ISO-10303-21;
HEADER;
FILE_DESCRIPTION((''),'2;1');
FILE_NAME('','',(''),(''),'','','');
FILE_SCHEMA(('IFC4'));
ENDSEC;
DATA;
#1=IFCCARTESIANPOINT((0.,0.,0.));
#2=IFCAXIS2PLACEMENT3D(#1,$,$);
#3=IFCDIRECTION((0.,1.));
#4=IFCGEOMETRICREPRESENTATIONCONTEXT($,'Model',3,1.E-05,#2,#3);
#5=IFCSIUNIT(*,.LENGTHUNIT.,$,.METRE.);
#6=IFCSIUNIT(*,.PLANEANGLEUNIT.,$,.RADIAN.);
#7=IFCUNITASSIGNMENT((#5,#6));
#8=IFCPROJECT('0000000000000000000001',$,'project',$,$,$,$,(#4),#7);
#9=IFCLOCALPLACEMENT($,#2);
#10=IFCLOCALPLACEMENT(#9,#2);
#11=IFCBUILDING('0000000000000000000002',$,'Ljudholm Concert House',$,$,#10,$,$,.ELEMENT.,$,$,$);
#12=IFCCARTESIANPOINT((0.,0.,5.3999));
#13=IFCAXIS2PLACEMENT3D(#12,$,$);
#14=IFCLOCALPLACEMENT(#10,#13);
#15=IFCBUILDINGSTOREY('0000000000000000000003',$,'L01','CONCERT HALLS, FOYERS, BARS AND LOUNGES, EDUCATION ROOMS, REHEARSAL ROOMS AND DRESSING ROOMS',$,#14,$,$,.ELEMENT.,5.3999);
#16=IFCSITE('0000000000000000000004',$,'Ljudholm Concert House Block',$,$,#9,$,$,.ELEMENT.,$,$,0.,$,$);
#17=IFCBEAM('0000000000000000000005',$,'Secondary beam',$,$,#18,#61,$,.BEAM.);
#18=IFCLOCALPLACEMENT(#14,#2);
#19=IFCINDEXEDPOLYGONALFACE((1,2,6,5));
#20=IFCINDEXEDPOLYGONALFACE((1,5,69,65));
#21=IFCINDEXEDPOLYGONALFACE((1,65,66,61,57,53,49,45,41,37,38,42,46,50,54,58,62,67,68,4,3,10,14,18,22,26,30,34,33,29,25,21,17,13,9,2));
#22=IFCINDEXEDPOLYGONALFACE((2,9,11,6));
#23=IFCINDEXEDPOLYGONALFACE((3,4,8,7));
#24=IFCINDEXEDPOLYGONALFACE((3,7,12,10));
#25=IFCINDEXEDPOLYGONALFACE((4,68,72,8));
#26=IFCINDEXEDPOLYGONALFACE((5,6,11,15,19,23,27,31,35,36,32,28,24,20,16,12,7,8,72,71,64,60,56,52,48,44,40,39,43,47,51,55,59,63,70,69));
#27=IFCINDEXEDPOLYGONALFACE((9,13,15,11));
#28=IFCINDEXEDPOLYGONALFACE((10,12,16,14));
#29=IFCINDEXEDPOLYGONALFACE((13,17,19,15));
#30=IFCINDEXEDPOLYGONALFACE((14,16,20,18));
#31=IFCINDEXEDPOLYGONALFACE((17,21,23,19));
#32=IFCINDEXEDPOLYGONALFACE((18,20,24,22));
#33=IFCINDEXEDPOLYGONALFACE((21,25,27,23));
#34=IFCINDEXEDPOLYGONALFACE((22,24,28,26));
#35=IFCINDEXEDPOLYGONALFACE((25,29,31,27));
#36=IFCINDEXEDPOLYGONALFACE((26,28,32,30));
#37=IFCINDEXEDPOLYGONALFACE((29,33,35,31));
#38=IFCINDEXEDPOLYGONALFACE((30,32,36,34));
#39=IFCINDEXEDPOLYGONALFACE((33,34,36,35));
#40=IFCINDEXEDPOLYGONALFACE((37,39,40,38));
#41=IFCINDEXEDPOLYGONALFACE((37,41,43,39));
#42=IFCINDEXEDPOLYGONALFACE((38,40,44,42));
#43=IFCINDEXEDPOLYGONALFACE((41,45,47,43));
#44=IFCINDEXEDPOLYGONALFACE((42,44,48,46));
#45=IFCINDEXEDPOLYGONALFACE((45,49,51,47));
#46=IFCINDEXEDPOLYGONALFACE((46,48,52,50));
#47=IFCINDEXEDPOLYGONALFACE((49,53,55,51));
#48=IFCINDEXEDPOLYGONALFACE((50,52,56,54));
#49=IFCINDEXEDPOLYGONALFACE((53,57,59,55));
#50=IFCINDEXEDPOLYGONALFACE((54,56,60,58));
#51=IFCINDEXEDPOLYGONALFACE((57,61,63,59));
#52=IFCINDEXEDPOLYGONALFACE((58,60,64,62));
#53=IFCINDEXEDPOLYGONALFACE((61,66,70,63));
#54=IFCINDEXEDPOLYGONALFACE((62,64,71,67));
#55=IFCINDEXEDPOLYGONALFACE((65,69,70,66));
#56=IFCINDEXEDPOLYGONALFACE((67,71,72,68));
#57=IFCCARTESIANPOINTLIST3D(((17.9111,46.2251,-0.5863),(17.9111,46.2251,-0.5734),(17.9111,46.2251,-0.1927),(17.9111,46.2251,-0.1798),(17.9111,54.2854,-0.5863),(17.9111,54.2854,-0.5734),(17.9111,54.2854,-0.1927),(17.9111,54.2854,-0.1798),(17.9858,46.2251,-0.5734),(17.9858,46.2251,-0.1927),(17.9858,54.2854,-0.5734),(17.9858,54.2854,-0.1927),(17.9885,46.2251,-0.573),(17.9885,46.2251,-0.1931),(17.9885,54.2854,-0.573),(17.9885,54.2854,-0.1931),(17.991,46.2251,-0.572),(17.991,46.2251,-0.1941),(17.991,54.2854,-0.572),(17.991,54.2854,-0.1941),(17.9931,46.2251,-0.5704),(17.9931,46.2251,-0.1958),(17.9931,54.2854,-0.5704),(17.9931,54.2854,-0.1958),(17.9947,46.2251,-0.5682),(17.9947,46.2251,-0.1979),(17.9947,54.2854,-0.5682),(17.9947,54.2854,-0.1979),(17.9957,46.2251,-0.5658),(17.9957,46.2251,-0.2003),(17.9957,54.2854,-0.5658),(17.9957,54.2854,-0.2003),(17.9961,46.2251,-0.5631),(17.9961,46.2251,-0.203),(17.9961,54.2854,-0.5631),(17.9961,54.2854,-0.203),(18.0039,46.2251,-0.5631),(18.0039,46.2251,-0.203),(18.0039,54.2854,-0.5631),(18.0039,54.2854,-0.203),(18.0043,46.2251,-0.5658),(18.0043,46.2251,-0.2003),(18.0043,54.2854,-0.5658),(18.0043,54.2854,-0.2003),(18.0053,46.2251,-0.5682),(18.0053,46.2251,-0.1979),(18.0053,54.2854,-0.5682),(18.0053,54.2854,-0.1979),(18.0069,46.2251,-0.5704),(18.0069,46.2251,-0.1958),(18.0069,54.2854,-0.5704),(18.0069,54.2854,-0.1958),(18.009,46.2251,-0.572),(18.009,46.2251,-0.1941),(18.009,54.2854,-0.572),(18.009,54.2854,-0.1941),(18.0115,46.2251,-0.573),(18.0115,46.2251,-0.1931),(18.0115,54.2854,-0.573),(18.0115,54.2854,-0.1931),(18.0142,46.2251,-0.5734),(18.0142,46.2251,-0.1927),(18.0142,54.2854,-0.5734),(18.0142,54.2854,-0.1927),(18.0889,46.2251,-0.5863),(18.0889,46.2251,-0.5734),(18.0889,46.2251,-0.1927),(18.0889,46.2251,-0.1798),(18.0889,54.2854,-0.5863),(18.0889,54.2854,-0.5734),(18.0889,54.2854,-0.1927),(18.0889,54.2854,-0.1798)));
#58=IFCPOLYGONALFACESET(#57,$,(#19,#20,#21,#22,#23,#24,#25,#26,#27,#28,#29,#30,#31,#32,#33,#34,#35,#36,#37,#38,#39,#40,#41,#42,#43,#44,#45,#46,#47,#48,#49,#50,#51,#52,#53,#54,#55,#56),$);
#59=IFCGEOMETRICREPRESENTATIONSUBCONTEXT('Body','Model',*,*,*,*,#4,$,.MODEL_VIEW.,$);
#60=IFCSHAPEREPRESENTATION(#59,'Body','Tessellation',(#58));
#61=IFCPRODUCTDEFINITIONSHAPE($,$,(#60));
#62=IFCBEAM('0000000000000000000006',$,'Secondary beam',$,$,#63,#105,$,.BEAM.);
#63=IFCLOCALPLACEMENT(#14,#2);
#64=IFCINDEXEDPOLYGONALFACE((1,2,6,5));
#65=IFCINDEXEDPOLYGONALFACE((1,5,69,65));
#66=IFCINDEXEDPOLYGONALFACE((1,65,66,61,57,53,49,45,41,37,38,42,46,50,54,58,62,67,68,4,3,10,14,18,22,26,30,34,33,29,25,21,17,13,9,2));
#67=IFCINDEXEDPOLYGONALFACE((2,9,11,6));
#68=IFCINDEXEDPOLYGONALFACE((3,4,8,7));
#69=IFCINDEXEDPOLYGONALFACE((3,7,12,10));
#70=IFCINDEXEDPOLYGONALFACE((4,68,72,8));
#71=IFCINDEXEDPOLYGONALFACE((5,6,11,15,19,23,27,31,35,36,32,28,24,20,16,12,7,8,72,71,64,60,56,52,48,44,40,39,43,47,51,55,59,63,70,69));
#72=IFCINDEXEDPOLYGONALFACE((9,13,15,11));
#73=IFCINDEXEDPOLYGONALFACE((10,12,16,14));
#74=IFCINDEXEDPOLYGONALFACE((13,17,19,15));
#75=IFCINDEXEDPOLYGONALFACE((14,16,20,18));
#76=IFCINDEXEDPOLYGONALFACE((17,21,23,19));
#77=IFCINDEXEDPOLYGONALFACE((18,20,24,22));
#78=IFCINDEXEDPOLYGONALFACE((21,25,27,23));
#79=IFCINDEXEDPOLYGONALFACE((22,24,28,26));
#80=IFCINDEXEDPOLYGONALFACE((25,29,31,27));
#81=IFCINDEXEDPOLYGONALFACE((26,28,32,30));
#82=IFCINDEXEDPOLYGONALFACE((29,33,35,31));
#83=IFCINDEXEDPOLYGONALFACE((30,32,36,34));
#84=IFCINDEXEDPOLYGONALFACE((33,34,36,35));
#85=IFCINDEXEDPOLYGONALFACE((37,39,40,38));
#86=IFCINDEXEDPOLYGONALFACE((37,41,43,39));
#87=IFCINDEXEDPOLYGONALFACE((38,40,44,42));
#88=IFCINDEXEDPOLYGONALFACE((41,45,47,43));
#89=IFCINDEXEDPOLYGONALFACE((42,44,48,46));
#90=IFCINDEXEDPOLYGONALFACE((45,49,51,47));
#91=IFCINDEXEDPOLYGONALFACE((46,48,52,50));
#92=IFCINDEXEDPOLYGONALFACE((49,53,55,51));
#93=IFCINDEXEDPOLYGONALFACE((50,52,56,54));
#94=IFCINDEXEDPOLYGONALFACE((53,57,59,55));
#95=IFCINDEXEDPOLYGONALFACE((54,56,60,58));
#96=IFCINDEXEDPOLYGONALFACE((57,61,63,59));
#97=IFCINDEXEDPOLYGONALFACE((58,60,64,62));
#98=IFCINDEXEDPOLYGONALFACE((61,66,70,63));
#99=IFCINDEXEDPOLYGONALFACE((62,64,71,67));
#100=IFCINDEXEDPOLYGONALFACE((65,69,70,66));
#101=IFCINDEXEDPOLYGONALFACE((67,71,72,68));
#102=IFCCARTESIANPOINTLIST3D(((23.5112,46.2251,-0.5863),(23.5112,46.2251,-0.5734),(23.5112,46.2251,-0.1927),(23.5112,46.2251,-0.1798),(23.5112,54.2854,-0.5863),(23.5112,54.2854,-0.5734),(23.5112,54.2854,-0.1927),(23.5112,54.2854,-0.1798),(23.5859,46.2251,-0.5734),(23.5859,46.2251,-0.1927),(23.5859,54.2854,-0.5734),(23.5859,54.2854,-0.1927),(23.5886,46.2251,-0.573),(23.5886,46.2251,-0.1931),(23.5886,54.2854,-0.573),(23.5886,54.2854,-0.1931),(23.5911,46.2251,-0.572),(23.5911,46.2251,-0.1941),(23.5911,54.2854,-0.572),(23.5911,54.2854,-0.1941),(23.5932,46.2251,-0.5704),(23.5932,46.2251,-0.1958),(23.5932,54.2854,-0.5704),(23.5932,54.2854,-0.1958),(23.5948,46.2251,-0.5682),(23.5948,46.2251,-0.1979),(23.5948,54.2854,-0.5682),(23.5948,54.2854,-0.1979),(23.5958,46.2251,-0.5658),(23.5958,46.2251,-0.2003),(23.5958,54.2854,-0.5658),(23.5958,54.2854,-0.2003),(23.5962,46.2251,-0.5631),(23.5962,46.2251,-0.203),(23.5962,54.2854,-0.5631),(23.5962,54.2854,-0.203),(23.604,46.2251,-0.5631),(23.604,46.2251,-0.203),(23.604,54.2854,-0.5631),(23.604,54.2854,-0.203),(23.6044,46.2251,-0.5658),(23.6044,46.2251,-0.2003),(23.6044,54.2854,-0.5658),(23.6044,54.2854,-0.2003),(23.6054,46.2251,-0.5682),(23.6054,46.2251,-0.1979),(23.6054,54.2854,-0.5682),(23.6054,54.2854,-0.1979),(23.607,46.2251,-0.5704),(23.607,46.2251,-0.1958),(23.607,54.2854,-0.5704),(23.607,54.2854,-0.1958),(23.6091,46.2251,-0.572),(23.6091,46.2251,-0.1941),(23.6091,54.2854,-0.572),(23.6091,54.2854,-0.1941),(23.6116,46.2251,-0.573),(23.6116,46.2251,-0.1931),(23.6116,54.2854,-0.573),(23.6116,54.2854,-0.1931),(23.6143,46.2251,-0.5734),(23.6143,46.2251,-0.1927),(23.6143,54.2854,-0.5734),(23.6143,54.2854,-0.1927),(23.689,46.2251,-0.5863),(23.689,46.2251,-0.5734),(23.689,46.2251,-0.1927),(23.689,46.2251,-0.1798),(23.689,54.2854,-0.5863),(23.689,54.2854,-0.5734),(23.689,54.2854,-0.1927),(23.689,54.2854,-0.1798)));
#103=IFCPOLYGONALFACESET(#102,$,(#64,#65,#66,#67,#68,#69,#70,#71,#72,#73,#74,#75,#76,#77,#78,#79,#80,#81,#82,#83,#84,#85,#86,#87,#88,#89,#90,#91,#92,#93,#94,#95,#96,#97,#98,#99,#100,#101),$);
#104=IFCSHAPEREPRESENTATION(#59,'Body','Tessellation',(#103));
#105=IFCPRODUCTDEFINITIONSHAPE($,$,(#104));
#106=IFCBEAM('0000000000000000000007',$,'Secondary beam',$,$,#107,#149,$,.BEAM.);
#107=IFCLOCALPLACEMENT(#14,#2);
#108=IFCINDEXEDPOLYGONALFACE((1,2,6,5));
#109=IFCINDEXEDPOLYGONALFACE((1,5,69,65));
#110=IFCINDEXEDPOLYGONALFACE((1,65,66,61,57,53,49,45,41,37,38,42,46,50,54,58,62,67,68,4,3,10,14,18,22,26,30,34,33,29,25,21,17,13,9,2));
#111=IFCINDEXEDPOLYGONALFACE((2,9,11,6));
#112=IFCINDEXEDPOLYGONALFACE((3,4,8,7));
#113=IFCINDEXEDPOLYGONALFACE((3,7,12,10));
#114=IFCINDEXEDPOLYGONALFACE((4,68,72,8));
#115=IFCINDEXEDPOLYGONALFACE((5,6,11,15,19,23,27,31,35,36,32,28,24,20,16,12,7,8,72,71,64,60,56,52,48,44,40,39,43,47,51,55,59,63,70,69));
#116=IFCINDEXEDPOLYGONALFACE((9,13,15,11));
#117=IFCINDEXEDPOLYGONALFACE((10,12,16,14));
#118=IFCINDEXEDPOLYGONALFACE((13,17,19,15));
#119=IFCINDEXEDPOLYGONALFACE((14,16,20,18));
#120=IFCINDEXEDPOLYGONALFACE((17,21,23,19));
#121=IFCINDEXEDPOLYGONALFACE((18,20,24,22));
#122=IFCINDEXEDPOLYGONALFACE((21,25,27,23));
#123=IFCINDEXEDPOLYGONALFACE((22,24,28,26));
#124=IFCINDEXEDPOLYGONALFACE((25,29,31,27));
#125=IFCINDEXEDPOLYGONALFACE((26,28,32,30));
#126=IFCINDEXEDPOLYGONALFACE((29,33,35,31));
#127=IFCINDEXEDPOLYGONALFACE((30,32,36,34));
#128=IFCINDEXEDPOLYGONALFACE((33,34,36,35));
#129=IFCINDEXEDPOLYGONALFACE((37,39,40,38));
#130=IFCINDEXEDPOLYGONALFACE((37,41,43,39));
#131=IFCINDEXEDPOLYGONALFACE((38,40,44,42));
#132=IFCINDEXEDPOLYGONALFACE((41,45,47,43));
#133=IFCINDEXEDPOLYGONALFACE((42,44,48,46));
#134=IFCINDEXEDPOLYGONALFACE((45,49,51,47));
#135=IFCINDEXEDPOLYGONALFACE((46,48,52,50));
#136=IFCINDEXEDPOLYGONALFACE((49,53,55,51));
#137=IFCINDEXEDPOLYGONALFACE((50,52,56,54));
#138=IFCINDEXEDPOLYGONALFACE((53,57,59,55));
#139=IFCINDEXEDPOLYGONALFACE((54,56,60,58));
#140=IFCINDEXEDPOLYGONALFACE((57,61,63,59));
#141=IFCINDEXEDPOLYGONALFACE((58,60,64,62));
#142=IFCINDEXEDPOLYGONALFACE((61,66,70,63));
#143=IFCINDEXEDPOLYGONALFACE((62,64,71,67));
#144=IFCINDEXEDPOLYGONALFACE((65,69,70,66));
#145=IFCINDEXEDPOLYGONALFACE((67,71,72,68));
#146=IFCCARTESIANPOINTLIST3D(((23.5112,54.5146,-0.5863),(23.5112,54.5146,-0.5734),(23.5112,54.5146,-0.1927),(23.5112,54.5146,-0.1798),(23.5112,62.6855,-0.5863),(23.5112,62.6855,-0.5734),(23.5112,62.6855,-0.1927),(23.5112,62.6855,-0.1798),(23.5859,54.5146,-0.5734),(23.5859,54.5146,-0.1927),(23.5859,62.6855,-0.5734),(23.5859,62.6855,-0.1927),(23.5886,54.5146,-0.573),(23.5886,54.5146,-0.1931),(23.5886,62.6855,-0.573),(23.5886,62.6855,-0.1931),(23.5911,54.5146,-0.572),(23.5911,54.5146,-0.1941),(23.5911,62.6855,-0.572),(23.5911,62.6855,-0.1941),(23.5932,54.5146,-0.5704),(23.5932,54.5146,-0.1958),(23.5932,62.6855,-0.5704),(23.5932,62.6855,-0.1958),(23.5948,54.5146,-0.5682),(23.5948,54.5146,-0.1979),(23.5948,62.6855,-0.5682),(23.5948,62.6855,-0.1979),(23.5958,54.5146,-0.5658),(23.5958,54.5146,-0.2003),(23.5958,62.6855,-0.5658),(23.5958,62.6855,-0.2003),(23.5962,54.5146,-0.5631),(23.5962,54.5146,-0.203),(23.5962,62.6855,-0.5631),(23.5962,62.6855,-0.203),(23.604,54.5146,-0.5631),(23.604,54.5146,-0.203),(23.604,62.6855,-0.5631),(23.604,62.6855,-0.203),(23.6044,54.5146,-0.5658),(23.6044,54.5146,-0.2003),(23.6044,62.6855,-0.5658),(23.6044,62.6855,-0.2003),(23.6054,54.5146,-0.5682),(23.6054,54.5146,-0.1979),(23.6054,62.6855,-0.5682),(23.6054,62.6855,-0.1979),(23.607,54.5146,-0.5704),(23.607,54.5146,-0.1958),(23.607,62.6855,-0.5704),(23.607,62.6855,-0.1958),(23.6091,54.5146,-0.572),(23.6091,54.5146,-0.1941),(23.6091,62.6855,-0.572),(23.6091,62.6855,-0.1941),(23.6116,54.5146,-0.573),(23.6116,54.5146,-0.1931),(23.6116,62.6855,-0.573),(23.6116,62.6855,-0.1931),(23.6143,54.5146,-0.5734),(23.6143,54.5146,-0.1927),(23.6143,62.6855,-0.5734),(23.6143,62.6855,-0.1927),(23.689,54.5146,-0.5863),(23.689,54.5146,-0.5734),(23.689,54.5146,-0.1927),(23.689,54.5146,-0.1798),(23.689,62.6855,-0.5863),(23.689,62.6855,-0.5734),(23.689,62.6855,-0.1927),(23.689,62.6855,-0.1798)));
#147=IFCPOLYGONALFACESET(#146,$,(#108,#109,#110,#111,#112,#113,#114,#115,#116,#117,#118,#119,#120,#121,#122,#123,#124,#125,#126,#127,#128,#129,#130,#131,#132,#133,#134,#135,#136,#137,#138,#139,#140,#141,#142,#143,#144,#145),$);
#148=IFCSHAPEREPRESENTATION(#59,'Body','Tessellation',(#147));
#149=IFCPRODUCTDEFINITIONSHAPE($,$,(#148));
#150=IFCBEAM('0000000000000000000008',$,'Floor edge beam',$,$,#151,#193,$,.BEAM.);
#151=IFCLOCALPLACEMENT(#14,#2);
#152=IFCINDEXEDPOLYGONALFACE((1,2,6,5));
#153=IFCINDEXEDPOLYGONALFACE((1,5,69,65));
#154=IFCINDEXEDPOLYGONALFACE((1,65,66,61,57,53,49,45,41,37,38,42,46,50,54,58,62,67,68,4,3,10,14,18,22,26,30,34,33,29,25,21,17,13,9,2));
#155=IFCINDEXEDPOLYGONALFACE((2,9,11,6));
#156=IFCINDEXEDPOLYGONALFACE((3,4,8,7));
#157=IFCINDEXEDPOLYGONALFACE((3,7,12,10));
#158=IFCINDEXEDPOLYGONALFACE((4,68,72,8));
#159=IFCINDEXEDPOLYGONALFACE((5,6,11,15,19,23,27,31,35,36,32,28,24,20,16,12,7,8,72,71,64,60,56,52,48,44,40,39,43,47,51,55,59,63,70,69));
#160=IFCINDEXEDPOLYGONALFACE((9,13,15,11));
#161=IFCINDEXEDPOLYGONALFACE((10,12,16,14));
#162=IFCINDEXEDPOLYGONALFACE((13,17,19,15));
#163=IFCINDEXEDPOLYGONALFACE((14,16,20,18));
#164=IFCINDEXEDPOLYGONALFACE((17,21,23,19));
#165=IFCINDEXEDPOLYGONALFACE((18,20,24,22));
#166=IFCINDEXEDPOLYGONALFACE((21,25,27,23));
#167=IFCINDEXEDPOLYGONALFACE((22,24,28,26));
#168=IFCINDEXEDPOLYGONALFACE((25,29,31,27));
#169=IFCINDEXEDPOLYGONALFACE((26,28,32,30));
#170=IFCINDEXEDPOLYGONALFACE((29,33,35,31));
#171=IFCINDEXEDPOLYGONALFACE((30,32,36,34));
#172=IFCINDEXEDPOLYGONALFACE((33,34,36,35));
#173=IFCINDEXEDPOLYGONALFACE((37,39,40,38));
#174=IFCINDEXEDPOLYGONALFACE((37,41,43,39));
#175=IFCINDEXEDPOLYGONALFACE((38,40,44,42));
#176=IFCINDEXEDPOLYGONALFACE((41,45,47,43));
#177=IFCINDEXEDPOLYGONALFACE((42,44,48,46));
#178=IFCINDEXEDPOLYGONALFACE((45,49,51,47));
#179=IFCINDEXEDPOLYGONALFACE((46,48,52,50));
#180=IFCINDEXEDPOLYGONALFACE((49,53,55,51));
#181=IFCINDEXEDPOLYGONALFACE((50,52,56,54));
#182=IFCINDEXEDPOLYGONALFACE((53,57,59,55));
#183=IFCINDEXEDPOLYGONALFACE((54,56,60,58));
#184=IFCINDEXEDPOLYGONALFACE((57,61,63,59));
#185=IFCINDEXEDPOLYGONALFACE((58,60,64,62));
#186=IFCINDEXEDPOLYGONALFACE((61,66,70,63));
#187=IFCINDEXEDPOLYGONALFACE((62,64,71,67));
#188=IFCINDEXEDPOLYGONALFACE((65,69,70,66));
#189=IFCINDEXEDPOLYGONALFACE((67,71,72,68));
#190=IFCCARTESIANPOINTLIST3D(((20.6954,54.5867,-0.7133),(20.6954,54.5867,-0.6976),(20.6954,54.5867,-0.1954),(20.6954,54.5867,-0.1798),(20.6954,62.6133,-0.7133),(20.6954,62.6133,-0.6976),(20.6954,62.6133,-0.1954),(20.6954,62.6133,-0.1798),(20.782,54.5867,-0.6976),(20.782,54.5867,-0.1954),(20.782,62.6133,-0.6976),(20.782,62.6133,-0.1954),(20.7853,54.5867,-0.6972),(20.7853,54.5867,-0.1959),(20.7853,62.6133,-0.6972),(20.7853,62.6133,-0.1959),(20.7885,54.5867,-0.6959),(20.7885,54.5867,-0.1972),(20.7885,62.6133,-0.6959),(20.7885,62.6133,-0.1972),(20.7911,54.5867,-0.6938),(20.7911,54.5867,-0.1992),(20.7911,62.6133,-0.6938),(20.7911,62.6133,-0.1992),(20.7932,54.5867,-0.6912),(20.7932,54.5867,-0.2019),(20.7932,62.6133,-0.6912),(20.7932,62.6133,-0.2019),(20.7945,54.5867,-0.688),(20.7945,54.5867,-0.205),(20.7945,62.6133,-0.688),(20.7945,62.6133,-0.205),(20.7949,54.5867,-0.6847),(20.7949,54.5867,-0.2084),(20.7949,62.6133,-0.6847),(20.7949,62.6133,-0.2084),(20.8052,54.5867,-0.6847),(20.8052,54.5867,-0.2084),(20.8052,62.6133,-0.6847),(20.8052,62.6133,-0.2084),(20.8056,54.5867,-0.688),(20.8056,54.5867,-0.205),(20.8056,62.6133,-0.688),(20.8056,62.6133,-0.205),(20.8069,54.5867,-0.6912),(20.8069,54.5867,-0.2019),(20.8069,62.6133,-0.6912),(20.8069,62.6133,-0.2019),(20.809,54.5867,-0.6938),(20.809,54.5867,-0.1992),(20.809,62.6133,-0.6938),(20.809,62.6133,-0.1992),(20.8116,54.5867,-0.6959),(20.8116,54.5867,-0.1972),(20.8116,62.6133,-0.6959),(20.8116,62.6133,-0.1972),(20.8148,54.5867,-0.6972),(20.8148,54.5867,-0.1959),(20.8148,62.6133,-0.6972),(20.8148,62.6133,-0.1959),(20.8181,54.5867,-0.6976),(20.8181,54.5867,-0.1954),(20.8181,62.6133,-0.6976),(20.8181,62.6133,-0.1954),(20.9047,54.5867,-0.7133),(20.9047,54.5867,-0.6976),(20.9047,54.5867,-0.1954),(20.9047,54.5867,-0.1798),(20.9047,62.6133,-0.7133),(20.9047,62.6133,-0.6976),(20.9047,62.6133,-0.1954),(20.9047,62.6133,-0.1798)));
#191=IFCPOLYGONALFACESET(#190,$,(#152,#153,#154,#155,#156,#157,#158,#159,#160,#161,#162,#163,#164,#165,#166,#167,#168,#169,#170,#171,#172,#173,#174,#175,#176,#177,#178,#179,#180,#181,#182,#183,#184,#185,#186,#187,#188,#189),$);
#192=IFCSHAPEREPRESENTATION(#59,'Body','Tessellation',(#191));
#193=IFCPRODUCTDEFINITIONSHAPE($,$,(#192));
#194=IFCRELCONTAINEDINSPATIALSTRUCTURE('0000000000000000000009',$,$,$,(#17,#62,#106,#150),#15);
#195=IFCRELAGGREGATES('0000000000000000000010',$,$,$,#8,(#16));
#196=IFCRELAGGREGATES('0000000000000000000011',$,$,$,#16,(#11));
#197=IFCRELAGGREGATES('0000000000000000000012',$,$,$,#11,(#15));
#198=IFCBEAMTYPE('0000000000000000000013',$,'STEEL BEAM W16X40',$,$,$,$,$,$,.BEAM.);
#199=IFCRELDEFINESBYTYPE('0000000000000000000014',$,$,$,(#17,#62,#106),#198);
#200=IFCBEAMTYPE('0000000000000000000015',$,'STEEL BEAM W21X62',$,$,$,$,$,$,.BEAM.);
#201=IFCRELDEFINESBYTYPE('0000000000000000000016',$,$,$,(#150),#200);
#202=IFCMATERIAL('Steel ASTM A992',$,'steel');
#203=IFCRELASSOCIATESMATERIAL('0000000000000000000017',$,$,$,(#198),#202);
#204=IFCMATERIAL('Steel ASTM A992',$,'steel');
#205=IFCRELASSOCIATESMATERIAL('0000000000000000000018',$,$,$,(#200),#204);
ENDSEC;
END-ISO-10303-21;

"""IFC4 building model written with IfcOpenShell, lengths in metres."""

from ifc_helpers import new_model, si_unit, direction, frame, origin, origin_2d, place, context, subcontext, project, spatial, i_section, extrude, material, material_profile, profile_set, type_object, element, save


model = new_model("IFC4")

# Units and contexts
model_context = context("Model", 3, precision=1e-05, world=origin(), true_north=direction((0.0, 1.0)))
body_context = subcontext(model_context, "Body", "Model", "MODEL_VIEW")
ifc_project = project(units=[si_unit("LENGTHUNIT", "METRE"), si_unit("PLANEANGLEUNIT", "RADIAN")], contexts=[model_context])

# Site, building, storey
site_placement = place(None, origin())
site = spatial("IfcSite", under=ifc_project, at=site_placement, Name="Ljudholm Concert House Block", CompositionType="ELEMENT", RefElevation=0.0)
building_placement = place(site_placement, origin())
building = spatial("IfcBuilding", under=site, at=building_placement, Name="Ljudholm Concert House", CompositionType="ELEMENT")
storey_placement = place(building_placement, frame((0.0, 0.0, 5.3999)))
storey = spatial("IfcBuildingStorey", under=building, at=storey_placement, Name="L01", Description="CONCERT HALLS, FOYERS, BARS AND LOUNGES, EDUCATION ROOMS, REHEARSAL ROOMS AND DRESSING ROOMS", CompositionType="ELEMENT", Elevation=5.3999)

# Beams
ifc_material_1 = material(Name="Steel ASTM A992", Category="steel")
ifc_material_profile_1 = material_profile(ifc_material_1, i_section(OverallWidth=0.1777, OverallDepth=0.4065, WebThickness=0.0078, FlangeThickness=0.0129, FilletRadius=0.0103, at=origin_2d()), Name="W16X40")
ifc_profile_set_1 = profile_set([ifc_material_profile_1], Name="Steel ASTM A992")
beam_type_1 = type_object("IfcBeamType", Name="STEEL BEAM W16X40", PredefinedType="BEAM", material=ifc_profile_set_1)
for number, where, z_axis, x_axis, name in (
    (1, (18.0, 46.2251, -0.3831), (0.0, 1.0, 0.0), (-1.0, 0.0, 0.0), "Secondary beam"),
    (2, (23.6001, 46.2251, -0.3831), (0.0, 1.0, 0.0), (-1.0, 0.0, 0.0), "Secondary beam"),
):
    element("IfcBeam", number, at=place(storey_placement, frame(where, z_axis=z_axis, x_axis=x_axis)), inside=storey, type_object=beam_type_1, Name=name, PredefinedType="BEAM", context=body_context, shape_type="SweptSolid", body=[
        extrude(i_section(OverallWidth=0.1777, OverallDepth=0.4065, WebThickness=0.0078, FlangeThickness=0.0129, FilletRadius=0.0103, at=origin_2d()), origin(), (0.0, 0.0, 1.0), 8.0603),
    ])
beam_1_placement = place(storey_placement, frame((23.6001, 54.5146, -0.3831), z_axis=(0.0, 1.0, 0.0), x_axis=(-1.0, 0.0, 0.0)))
element("IfcBeam", 3, at=beam_1_placement, inside=storey, type_object=beam_type_1, Name="Secondary beam", PredefinedType="BEAM", context=body_context, shape_type="SweptSolid", body=[
    extrude(i_section(OverallWidth=0.1777, OverallDepth=0.4065, WebThickness=0.0078, FlangeThickness=0.0129, FilletRadius=0.0103, at=origin_2d()), origin(), (0.0, 0.0, 1.0), 8.1709),
])
ifc_material_2 = material(Name="Steel ASTM A992", Category="steel")
ifc_material_profile_2 = material_profile(ifc_material_2, i_section(OverallWidth=0.2092, OverallDepth=0.5334, WebThickness=0.0103, FlangeThickness=0.0156, FilletRadius=0.0129, at=origin_2d()), Name="W21X62")
ifc_profile_set_2 = profile_set([ifc_material_profile_2], Name="Steel ASTM A992")
beam_type_2 = type_object("IfcBeamType", Name="STEEL BEAM W21X62", PredefinedType="BEAM", material=ifc_profile_set_2)
beam_2_placement = place(storey_placement, frame((20.8, 54.5867, -0.4465), z_axis=(0.0, 1.0, 0.0), x_axis=(-1.0, 0.0, 0.0)))
element("IfcBeam", 4, at=beam_2_placement, inside=storey, type_object=beam_type_2, Name="Floor edge beam", PredefinedType="BEAM", context=body_context, shape_type="SweptSolid", body=[
    extrude(i_section(OverallWidth=0.2092, OverallDepth=0.5334, WebThickness=0.0103, FlangeThickness=0.0156, FilletRadius=0.0129, at=origin_2d()), origin(), (0.0, 0.0, 1.0), 8.0266),
])

save(model, "model.ifc")
